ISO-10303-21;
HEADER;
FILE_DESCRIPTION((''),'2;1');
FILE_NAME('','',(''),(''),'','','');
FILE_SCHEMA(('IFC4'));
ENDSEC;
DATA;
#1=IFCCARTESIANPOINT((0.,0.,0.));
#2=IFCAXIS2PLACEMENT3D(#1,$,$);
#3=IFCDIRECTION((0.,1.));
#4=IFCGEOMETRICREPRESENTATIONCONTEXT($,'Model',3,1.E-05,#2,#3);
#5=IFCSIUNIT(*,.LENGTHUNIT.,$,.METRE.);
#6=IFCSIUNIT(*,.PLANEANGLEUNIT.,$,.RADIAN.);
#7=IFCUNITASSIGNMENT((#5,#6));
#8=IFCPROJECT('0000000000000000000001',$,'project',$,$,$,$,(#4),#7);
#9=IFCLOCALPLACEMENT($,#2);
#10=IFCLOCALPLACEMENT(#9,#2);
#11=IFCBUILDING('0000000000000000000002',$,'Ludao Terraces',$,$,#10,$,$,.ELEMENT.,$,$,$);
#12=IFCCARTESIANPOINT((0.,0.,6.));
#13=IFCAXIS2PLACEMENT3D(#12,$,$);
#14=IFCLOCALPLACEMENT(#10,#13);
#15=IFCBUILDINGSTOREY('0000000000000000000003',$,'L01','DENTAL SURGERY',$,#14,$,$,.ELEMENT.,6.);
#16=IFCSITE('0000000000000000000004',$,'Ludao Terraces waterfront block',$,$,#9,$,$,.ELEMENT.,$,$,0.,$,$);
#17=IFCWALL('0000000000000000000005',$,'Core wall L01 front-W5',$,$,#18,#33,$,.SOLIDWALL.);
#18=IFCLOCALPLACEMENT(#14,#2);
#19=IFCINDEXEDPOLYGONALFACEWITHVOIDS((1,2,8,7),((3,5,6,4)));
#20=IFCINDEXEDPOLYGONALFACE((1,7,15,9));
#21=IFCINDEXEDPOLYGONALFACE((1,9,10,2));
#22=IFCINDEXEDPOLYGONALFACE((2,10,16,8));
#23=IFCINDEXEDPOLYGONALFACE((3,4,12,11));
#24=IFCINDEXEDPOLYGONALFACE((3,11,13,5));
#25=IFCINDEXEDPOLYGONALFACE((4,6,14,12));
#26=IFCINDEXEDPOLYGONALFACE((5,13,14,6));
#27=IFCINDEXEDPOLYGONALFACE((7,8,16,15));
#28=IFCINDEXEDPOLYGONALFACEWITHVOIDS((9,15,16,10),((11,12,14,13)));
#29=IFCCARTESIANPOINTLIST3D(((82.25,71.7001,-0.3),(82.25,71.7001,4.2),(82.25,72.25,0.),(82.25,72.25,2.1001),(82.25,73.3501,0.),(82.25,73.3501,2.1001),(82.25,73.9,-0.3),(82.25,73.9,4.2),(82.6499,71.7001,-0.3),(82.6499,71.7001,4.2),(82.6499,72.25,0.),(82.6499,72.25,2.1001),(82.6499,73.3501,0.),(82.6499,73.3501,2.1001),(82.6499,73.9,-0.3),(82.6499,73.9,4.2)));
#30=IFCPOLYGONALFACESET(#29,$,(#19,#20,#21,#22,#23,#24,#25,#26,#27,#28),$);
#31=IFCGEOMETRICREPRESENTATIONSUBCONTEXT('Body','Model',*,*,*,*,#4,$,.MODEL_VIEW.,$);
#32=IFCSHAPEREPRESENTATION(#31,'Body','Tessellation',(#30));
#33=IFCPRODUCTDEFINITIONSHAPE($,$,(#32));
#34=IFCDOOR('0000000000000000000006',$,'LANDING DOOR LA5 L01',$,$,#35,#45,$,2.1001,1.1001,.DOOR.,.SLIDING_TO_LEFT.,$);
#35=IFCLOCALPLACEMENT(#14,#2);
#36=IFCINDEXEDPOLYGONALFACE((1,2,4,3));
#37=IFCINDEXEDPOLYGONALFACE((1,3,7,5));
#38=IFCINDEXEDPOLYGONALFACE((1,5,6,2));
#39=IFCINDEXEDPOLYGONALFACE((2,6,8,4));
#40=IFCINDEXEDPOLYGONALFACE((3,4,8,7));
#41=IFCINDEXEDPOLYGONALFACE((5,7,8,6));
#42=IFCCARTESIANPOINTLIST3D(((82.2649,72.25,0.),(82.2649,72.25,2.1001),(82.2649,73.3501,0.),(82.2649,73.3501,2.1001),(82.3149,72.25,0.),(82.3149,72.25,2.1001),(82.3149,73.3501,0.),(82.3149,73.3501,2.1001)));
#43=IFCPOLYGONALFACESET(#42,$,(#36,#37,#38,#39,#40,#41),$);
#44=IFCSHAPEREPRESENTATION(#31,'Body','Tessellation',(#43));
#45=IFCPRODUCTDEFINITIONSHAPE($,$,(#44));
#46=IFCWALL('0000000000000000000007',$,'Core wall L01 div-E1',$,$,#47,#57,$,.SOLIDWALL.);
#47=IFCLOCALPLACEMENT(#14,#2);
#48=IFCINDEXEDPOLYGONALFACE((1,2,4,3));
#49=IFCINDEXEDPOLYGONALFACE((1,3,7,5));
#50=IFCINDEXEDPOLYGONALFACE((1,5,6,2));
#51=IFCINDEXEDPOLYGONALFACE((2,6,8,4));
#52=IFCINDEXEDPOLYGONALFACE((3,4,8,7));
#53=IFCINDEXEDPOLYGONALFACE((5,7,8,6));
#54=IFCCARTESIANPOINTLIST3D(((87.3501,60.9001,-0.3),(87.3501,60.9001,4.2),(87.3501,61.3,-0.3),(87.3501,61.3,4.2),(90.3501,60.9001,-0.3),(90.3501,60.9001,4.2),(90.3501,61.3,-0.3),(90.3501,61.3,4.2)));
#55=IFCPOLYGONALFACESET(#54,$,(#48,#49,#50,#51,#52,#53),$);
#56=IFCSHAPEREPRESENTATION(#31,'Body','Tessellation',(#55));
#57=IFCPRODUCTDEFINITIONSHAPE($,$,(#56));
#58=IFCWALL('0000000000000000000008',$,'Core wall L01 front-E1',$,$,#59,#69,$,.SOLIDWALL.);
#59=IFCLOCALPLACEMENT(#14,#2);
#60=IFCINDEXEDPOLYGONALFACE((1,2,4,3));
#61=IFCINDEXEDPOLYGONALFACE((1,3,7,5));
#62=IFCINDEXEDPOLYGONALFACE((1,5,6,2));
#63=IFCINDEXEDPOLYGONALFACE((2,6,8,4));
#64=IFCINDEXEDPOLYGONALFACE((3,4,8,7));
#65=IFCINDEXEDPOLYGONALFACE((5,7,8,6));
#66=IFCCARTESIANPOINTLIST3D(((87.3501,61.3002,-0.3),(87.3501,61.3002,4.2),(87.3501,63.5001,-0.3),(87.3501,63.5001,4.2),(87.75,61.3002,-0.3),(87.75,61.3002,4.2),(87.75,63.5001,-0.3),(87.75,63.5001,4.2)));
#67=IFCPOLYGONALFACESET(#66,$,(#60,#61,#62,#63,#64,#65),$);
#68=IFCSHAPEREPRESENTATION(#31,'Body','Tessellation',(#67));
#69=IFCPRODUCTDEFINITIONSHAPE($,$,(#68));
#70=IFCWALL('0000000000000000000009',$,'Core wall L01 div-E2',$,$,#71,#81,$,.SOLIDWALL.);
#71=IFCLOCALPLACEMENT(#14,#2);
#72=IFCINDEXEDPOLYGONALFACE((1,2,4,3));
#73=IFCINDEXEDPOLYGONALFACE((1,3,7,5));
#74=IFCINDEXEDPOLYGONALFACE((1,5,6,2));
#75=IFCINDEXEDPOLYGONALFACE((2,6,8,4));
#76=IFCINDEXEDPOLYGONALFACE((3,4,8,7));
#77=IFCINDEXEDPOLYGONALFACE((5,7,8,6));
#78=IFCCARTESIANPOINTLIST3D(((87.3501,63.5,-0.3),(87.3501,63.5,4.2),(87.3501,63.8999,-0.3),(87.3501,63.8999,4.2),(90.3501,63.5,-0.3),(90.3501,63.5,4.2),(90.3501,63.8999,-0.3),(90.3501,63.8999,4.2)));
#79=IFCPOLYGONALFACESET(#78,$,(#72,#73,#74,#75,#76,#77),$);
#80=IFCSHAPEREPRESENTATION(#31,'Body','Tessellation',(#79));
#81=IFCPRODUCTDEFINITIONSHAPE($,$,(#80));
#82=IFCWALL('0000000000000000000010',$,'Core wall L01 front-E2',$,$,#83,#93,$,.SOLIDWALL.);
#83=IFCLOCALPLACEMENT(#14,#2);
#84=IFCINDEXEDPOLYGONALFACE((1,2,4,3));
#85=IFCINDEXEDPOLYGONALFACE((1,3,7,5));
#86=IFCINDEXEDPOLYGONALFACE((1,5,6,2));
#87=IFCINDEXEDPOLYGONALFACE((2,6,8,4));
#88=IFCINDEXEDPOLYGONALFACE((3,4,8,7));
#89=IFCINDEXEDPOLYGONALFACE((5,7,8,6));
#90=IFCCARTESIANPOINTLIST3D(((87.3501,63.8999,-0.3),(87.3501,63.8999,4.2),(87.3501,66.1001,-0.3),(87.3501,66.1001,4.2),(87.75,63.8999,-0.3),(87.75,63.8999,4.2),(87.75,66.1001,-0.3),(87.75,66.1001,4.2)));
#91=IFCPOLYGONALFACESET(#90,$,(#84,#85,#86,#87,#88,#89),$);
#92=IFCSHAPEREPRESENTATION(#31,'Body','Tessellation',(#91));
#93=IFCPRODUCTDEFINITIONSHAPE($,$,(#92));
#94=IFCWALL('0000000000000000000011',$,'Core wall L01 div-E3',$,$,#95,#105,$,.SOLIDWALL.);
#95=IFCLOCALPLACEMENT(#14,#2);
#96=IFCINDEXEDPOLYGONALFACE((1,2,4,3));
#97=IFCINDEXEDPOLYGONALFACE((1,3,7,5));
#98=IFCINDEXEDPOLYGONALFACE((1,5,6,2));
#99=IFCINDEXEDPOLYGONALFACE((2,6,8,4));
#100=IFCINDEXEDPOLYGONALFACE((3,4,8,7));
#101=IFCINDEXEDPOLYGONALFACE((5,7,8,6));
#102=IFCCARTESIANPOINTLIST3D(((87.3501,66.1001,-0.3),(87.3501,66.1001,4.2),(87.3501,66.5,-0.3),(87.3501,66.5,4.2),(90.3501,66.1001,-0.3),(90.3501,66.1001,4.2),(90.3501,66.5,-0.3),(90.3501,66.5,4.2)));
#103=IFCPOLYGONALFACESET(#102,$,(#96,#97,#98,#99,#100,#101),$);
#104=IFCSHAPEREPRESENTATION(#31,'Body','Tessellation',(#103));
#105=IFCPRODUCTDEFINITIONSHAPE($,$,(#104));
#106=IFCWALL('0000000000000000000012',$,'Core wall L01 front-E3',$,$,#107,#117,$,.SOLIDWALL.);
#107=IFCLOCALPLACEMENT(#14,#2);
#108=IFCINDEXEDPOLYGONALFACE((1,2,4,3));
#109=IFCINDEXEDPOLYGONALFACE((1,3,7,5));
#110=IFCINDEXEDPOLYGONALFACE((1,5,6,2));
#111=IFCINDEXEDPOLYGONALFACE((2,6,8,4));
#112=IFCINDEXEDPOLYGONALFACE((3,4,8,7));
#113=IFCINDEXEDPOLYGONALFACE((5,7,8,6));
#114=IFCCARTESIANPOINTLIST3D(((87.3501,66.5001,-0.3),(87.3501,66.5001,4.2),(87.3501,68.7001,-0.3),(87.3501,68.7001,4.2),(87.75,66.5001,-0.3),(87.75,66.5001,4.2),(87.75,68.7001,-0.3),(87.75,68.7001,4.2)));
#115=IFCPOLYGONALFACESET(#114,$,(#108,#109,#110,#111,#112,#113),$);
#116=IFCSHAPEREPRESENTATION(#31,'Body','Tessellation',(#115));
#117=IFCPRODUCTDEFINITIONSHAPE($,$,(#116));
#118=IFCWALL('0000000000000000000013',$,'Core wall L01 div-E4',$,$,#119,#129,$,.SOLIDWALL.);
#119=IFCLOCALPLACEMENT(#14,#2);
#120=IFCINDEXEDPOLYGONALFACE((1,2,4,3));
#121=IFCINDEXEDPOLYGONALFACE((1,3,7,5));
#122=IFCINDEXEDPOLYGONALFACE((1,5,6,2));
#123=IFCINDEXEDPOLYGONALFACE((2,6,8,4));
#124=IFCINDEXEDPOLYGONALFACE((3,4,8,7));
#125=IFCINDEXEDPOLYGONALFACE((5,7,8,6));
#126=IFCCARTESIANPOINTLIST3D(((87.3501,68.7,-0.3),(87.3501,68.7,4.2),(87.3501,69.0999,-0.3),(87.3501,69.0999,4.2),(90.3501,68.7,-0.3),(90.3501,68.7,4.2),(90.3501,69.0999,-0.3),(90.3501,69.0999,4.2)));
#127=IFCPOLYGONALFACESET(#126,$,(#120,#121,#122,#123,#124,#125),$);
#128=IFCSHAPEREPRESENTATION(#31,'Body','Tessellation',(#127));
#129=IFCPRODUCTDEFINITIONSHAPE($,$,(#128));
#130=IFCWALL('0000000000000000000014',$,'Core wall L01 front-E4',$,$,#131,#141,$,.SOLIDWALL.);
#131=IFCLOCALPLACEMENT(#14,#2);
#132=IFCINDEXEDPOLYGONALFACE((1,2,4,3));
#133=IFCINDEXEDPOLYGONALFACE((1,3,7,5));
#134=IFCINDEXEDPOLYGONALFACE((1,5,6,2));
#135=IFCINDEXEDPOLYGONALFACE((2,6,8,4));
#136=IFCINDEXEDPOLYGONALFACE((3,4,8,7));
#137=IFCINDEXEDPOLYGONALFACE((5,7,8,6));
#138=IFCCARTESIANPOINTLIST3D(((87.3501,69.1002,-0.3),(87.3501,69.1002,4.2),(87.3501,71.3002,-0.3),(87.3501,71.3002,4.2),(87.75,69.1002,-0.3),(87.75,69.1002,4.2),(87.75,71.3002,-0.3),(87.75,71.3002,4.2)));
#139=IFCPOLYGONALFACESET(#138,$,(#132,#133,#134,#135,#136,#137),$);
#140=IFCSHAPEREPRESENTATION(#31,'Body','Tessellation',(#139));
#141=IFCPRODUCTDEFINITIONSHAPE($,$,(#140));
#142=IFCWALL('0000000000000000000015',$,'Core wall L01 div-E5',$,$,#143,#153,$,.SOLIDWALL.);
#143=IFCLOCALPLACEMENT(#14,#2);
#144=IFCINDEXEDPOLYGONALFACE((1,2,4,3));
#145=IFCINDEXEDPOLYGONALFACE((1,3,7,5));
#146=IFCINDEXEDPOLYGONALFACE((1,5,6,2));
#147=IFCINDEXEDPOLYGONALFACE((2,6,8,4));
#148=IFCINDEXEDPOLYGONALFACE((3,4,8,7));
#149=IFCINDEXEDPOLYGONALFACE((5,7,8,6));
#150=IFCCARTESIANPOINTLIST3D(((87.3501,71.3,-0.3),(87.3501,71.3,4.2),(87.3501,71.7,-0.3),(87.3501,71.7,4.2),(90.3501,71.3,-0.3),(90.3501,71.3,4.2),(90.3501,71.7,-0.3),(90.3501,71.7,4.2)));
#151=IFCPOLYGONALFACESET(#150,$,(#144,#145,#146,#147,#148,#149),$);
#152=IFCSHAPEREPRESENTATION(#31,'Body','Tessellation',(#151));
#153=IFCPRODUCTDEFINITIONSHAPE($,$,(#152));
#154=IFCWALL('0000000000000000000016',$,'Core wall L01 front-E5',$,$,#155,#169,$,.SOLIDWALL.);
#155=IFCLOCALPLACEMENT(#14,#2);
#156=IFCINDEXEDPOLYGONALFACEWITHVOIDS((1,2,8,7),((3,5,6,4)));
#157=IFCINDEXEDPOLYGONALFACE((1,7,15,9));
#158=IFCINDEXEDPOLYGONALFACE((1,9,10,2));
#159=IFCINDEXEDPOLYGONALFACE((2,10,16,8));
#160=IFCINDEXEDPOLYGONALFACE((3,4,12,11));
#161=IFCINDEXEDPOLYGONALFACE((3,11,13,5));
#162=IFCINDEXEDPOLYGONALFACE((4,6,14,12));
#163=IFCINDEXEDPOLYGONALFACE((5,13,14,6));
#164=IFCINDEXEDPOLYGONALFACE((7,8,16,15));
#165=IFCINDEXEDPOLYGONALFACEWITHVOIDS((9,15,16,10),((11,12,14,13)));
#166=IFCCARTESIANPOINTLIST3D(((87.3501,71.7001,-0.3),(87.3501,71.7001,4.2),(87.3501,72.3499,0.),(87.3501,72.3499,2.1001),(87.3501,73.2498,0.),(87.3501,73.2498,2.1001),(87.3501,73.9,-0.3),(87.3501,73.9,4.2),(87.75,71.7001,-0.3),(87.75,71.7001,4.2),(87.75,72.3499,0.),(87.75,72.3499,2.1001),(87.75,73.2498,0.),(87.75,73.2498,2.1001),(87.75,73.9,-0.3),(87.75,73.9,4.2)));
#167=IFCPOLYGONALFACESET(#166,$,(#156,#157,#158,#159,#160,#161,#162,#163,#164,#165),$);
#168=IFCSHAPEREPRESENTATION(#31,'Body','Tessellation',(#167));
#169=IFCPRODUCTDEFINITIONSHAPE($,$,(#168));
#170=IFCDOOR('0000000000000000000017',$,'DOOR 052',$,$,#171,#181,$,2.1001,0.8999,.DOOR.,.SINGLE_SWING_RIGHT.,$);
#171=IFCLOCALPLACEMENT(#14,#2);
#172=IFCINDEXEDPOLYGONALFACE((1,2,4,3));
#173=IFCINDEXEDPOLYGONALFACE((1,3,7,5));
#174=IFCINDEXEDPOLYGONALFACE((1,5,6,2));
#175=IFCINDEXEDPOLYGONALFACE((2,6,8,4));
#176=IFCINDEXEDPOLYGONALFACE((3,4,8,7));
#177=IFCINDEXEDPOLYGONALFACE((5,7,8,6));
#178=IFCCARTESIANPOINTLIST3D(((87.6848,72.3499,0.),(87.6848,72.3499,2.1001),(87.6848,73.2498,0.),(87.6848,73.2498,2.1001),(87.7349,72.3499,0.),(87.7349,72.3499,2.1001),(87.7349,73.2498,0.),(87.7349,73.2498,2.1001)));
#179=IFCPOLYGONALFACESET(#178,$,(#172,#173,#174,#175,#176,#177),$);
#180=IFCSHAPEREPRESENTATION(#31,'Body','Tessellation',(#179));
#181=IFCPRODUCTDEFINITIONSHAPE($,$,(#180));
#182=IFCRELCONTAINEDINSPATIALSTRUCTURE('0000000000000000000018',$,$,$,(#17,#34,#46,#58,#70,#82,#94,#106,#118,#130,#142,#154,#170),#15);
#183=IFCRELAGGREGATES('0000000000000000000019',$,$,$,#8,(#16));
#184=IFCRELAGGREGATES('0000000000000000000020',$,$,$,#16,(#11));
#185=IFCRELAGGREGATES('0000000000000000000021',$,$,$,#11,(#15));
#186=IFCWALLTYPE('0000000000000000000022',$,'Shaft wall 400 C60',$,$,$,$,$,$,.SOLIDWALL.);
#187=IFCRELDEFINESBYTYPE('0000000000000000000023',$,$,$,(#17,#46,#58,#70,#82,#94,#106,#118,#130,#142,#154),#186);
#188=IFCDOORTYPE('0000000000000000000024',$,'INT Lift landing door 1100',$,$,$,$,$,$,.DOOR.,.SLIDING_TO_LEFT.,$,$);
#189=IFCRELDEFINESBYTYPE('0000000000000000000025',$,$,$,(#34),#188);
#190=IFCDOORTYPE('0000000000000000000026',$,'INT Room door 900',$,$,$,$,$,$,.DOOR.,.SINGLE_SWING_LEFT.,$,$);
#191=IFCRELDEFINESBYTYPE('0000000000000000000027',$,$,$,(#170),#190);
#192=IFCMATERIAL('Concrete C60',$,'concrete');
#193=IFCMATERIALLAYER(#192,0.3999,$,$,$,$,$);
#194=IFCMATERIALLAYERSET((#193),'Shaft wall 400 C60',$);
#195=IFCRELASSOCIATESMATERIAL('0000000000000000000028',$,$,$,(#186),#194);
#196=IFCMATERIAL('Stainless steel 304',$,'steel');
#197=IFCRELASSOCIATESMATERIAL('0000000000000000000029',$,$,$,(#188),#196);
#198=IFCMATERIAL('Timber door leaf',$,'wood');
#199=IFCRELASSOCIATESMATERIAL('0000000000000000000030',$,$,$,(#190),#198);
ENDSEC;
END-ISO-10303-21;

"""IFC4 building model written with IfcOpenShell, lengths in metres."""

from ifc_helpers import new_model, si_unit, direction, frame, frame_2d, origin, place, context, subcontext, project, spatial, rectangle, extrude, material, layer, layer_set, type_object, element, fill, save


model = new_model("IFC4")

# Units and contexts
model_context = context("Model", 3, precision=1e-05, world=origin(), true_north=direction((0.0, 1.0)))
body_context = subcontext(model_context, "Body", "Model", "MODEL_VIEW")
ifc_project = project(units=[si_unit("LENGTHUNIT", "METRE"), si_unit("PLANEANGLEUNIT", "RADIAN")], contexts=[model_context])

# Site, building, storey
site_placement = place(None, origin())
site = spatial("IfcSite", under=ifc_project, at=site_placement, Name="Ludao Terraces waterfront block", CompositionType="ELEMENT", RefElevation=0.0)
building_placement = place(site_placement, origin())
building = spatial("IfcBuilding", under=site, at=building_placement, Name="Ludao Terraces", CompositionType="ELEMENT")
storey_placement = place(building_placement, frame((0.0, 0.0, 6.0)))
storey = spatial("IfcBuildingStorey", under=building, at=storey_placement, Name="L01", Description="DENTAL SURGERY", CompositionType="ELEMENT", Elevation=6.0)

# Shared definitions
ifc_material_1 = material(Name="Concrete C60", Category="concrete")
ifc_layer_1 = layer(ifc_material_1, 0.3999)
ifc_layer_set_1 = layer_set([ifc_layer_1], Name="Shaft wall 400 C60")
wall_type_1 = type_object("IfcWallType", Name="Shaft wall 400 C60", PredefinedType="SOLIDWALL", material=ifc_layer_set_1)

# Wall, opening, door
ifc_material_2 = material(Name="Stainless steel 304", Category="steel")
door_type_1 = type_object("IfcDoorType", Name="INT Lift landing door 1100", OperationType="SLIDING_TO_LEFT", PredefinedType="DOOR", material=ifc_material_2)
wall_1_placement = place(storey_placement, frame((82.45, 71.7, -0.3), z_axis=(0.0, 0.0, 1.0), x_axis=(0.0, 1.0, 0.0)))
wall_1 = element("IfcWall", 1, at=wall_1_placement, inside=storey, type_object=wall_type_1, Name="Core wall L01 front-W5", PredefinedType="SOLIDWALL", context=body_context, shape_type="SweptSolid", body=[
    extrude(rectangle(XDim=2.2, YDim=0.3999, at=frame_2d((1.1001, 0.0))), origin(), (0.0, 0.0, 1.0), 4.5),
])
opening_1_placement = place(wall_1_placement, frame((0.55, 0.0, 0.3)))
opening_1 = element("IfcOpeningElement", 2, at=opening_1_placement, cuts=wall_1, PredefinedType="OPENING", context=body_context, shape_type="SweptSolid", body=[
    extrude(rectangle(XDim=1.1001, YDim=2.1001, at=frame_2d((0.55, 1.05))), frame((0.0, 0.21, 0.0), z_axis=(0.0, -1.0, 0.0), x_axis=(1.0, 0.0, 0.0)), (0.0, 0.0, 1.0), 0.4199),
])
door_1_placement = place(opening_1_placement, origin())
door_1 = element("IfcDoor", 3, at=door_1_placement, inside=storey, type_object=door_type_1, Name="LANDING DOOR LA5 L01", OperationType="SLIDING_TO_LEFT", OverallHeight=2.1001, OverallWidth=1.1001, PredefinedType="DOOR", context=body_context, shape_type="SweptSolid", body=[
    extrude(rectangle(XDim=1.1001, YDim=2.1001, at=frame_2d((0.55, 1.05))), frame((0.0, 0.1851, 0.0), z_axis=(0.0, -1.0, 0.0), x_axis=(1.0, 0.0, 0.0)), (0.0, 0.0, 1.0), 0.05),
])
fill(opening_1, door_1)

# Walls
wall_2_placement = place(storey_placement, frame((87.3501, 61.1001, -0.3), z_axis=(0.0, 0.0, 1.0), x_axis=(1.0, 0.0, 0.0)))
element("IfcWall", 4, at=wall_2_placement, inside=storey, type_object=wall_type_1, Name="Core wall L01 div-E1", PredefinedType="SOLIDWALL", context=body_context, shape_type="SweptSolid", body=[
    extrude(rectangle(XDim=3.0, YDim=0.3999, at=frame_2d((1.5, 0.0))), origin(), (0.0, 0.0, 1.0), 4.5),
])
wall_3_placement = place(storey_placement, frame((87.55, 61.3, -0.3), z_axis=(0.0, 0.0, 1.0), x_axis=(0.0, 1.0, 0.0)))
element("IfcWall", 5, at=wall_3_placement, inside=storey, type_object=wall_type_1, Name="Core wall L01 front-E1", PredefinedType="SOLIDWALL", context=body_context, shape_type="SweptSolid", body=[
    extrude(rectangle(XDim=2.2, YDim=0.3999, at=frame_2d((1.1001, 0.0))), origin(), (0.0, 0.0, 1.0), 4.5),
])
wall_4_placement = place(storey_placement, frame((87.3501, 63.7, -0.3), z_axis=(0.0, 0.0, 1.0), x_axis=(1.0, 0.0, 0.0)))
element("IfcWall", 6, at=wall_4_placement, inside=storey, type_object=wall_type_1, Name="Core wall L01 div-E2", PredefinedType="SOLIDWALL", context=body_context, shape_type="SweptSolid", body=[
    extrude(rectangle(XDim=3.0, YDim=0.3999, at=frame_2d((1.5, 0.0))), origin(), (0.0, 0.0, 1.0), 4.5),
])
wall_5_placement = place(storey_placement, frame((87.55, 63.8999, -0.3), z_axis=(0.0, 0.0, 1.0), x_axis=(0.0, 1.0, 0.0)))
element("IfcWall", 7, at=wall_5_placement, inside=storey, type_object=wall_type_1, Name="Core wall L01 front-E2", PredefinedType="SOLIDWALL", context=body_context, shape_type="SweptSolid", body=[
    extrude(rectangle(XDim=2.2002, YDim=0.3999, at=frame_2d((1.1001, 0.0))), origin(), (0.0, 0.0, 1.0), 4.5),
])
wall_6_placement = place(storey_placement, frame((87.3501, 66.3, -0.3), z_axis=(0.0, 0.0, 1.0), x_axis=(1.0, 0.0, 0.0)))
element("IfcWall", 8, at=wall_6_placement, inside=storey, type_object=wall_type_1, Name="Core wall L01 div-E3", PredefinedType="SOLIDWALL", context=body_context, shape_type="SweptSolid", body=[
    extrude(rectangle(XDim=3.0, YDim=0.3999, at=frame_2d((1.5, 0.0))), origin(), (0.0, 0.0, 1.0), 4.5),
])
wall_7_placement = place(storey_placement, frame((87.55, 66.5, -0.3), z_axis=(0.0, 0.0, 1.0), x_axis=(0.0, 1.0, 0.0)))
element("IfcWall", 9, at=wall_7_placement, inside=storey, type_object=wall_type_1, Name="Core wall L01 front-E3", PredefinedType="SOLIDWALL", context=body_context, shape_type="SweptSolid", body=[
    extrude(rectangle(XDim=2.2, YDim=0.3999, at=frame_2d((1.1001, 0.0))), origin(), (0.0, 0.0, 1.0), 4.5),
])
wall_8_placement = place(storey_placement, frame((87.3501, 68.8999, -0.3), z_axis=(0.0, 0.0, 1.0), x_axis=(1.0, 0.0, 0.0)))
element("IfcWall", 10, at=wall_8_placement, inside=storey, type_object=wall_type_1, Name="Core wall L01 div-E4", PredefinedType="SOLIDWALL", context=body_context, shape_type="SweptSolid", body=[
    extrude(rectangle(XDim=3.0, YDim=0.3999, at=frame_2d((1.5, 0.0))), origin(), (0.0, 0.0, 1.0), 4.5),
])
wall_9_placement = place(storey_placement, frame((87.55, 69.1001, -0.3), z_axis=(0.0, 0.0, 1.0), x_axis=(0.0, 1.0, 0.0)))
element("IfcWall", 11, at=wall_9_placement, inside=storey, type_object=wall_type_1, Name="Core wall L01 front-E4", PredefinedType="SOLIDWALL", context=body_context, shape_type="SweptSolid", body=[
    extrude(rectangle(XDim=2.2, YDim=0.3999, at=frame_2d((1.1001, 0.0))), origin(), (0.0, 0.0, 1.0), 4.5),
])
wall_10_placement = place(storey_placement, frame((87.3501, 71.5, -0.3), z_axis=(0.0, 0.0, 1.0), x_axis=(1.0, 0.0, 0.0)))
element("IfcWall", 12, at=wall_10_placement, inside=storey, type_object=wall_type_1, Name="Core wall L01 div-E5", PredefinedType="SOLIDWALL", context=body_context, shape_type="SweptSolid", body=[
    extrude(rectangle(XDim=3.0, YDim=0.3999, at=frame_2d((1.5, 0.0))), origin(), (0.0, 0.0, 1.0), 4.5),
])

# Wall, opening, door
wall_11_placement = place(storey_placement, frame((87.55, 71.7, -0.3), z_axis=(0.0, 0.0, 1.0), x_axis=(0.0, 1.0, 0.0)))
wall_11 = element("IfcWall", 13, at=wall_11_placement, inside=storey, type_object=wall_type_1, Name="Core wall L01 front-E5", PredefinedType="SOLIDWALL", context=body_context, shape_type="SweptSolid", body=[
    extrude(rectangle(XDim=2.2, YDim=0.3999, at=frame_2d((1.1001, 0.0))), origin(), (0.0, 0.0, 1.0), 4.5),
])
opening_2_placement = place(wall_11_placement, frame((0.6499, 0.0, 0.3)))
opening_2 = element("IfcOpeningElement", 14, at=opening_2_placement, cuts=wall_11, PredefinedType="OPENING", context=body_context, shape_type="SweptSolid", body=[
    extrude(rectangle(XDim=0.8999, YDim=2.1001, at=frame_2d((0.45, 1.05))), frame((0.0, 0.21, 0.0), z_axis=(0.0, -1.0, 0.0), x_axis=(1.0, 0.0, 0.0)), (0.0, 0.0, 1.0), 0.4199),
])
ifc_material_3 = material(Name="Timber door leaf", Category="wood")
door_type_2 = type_object("IfcDoorType", Name="INT Room door 900", OperationType="SINGLE_SWING_LEFT", PredefinedType="DOOR", material=ifc_material_3)
door_2_placement = place(opening_2_placement, origin())
door_2 = element("IfcDoor", 15, at=door_2_placement, inside=storey, type_object=door_type_2, Name="DOOR 052", OperationType="SINGLE_SWING_RIGHT", OverallHeight=2.1001, OverallWidth=0.8999, PredefinedType="DOOR", context=body_context, shape_type="SweptSolid", body=[
    extrude(rectangle(XDim=0.8999, YDim=2.1001, at=frame_2d((0.45, 1.05))), frame((0.0, -0.1348, 0.0), z_axis=(0.0, -1.0, 0.0), x_axis=(1.0, 0.0, 0.0)), (0.0, 0.0, 1.0), 0.05),
])
fill(opening_2, door_2)

save(model, "model.ifc")
